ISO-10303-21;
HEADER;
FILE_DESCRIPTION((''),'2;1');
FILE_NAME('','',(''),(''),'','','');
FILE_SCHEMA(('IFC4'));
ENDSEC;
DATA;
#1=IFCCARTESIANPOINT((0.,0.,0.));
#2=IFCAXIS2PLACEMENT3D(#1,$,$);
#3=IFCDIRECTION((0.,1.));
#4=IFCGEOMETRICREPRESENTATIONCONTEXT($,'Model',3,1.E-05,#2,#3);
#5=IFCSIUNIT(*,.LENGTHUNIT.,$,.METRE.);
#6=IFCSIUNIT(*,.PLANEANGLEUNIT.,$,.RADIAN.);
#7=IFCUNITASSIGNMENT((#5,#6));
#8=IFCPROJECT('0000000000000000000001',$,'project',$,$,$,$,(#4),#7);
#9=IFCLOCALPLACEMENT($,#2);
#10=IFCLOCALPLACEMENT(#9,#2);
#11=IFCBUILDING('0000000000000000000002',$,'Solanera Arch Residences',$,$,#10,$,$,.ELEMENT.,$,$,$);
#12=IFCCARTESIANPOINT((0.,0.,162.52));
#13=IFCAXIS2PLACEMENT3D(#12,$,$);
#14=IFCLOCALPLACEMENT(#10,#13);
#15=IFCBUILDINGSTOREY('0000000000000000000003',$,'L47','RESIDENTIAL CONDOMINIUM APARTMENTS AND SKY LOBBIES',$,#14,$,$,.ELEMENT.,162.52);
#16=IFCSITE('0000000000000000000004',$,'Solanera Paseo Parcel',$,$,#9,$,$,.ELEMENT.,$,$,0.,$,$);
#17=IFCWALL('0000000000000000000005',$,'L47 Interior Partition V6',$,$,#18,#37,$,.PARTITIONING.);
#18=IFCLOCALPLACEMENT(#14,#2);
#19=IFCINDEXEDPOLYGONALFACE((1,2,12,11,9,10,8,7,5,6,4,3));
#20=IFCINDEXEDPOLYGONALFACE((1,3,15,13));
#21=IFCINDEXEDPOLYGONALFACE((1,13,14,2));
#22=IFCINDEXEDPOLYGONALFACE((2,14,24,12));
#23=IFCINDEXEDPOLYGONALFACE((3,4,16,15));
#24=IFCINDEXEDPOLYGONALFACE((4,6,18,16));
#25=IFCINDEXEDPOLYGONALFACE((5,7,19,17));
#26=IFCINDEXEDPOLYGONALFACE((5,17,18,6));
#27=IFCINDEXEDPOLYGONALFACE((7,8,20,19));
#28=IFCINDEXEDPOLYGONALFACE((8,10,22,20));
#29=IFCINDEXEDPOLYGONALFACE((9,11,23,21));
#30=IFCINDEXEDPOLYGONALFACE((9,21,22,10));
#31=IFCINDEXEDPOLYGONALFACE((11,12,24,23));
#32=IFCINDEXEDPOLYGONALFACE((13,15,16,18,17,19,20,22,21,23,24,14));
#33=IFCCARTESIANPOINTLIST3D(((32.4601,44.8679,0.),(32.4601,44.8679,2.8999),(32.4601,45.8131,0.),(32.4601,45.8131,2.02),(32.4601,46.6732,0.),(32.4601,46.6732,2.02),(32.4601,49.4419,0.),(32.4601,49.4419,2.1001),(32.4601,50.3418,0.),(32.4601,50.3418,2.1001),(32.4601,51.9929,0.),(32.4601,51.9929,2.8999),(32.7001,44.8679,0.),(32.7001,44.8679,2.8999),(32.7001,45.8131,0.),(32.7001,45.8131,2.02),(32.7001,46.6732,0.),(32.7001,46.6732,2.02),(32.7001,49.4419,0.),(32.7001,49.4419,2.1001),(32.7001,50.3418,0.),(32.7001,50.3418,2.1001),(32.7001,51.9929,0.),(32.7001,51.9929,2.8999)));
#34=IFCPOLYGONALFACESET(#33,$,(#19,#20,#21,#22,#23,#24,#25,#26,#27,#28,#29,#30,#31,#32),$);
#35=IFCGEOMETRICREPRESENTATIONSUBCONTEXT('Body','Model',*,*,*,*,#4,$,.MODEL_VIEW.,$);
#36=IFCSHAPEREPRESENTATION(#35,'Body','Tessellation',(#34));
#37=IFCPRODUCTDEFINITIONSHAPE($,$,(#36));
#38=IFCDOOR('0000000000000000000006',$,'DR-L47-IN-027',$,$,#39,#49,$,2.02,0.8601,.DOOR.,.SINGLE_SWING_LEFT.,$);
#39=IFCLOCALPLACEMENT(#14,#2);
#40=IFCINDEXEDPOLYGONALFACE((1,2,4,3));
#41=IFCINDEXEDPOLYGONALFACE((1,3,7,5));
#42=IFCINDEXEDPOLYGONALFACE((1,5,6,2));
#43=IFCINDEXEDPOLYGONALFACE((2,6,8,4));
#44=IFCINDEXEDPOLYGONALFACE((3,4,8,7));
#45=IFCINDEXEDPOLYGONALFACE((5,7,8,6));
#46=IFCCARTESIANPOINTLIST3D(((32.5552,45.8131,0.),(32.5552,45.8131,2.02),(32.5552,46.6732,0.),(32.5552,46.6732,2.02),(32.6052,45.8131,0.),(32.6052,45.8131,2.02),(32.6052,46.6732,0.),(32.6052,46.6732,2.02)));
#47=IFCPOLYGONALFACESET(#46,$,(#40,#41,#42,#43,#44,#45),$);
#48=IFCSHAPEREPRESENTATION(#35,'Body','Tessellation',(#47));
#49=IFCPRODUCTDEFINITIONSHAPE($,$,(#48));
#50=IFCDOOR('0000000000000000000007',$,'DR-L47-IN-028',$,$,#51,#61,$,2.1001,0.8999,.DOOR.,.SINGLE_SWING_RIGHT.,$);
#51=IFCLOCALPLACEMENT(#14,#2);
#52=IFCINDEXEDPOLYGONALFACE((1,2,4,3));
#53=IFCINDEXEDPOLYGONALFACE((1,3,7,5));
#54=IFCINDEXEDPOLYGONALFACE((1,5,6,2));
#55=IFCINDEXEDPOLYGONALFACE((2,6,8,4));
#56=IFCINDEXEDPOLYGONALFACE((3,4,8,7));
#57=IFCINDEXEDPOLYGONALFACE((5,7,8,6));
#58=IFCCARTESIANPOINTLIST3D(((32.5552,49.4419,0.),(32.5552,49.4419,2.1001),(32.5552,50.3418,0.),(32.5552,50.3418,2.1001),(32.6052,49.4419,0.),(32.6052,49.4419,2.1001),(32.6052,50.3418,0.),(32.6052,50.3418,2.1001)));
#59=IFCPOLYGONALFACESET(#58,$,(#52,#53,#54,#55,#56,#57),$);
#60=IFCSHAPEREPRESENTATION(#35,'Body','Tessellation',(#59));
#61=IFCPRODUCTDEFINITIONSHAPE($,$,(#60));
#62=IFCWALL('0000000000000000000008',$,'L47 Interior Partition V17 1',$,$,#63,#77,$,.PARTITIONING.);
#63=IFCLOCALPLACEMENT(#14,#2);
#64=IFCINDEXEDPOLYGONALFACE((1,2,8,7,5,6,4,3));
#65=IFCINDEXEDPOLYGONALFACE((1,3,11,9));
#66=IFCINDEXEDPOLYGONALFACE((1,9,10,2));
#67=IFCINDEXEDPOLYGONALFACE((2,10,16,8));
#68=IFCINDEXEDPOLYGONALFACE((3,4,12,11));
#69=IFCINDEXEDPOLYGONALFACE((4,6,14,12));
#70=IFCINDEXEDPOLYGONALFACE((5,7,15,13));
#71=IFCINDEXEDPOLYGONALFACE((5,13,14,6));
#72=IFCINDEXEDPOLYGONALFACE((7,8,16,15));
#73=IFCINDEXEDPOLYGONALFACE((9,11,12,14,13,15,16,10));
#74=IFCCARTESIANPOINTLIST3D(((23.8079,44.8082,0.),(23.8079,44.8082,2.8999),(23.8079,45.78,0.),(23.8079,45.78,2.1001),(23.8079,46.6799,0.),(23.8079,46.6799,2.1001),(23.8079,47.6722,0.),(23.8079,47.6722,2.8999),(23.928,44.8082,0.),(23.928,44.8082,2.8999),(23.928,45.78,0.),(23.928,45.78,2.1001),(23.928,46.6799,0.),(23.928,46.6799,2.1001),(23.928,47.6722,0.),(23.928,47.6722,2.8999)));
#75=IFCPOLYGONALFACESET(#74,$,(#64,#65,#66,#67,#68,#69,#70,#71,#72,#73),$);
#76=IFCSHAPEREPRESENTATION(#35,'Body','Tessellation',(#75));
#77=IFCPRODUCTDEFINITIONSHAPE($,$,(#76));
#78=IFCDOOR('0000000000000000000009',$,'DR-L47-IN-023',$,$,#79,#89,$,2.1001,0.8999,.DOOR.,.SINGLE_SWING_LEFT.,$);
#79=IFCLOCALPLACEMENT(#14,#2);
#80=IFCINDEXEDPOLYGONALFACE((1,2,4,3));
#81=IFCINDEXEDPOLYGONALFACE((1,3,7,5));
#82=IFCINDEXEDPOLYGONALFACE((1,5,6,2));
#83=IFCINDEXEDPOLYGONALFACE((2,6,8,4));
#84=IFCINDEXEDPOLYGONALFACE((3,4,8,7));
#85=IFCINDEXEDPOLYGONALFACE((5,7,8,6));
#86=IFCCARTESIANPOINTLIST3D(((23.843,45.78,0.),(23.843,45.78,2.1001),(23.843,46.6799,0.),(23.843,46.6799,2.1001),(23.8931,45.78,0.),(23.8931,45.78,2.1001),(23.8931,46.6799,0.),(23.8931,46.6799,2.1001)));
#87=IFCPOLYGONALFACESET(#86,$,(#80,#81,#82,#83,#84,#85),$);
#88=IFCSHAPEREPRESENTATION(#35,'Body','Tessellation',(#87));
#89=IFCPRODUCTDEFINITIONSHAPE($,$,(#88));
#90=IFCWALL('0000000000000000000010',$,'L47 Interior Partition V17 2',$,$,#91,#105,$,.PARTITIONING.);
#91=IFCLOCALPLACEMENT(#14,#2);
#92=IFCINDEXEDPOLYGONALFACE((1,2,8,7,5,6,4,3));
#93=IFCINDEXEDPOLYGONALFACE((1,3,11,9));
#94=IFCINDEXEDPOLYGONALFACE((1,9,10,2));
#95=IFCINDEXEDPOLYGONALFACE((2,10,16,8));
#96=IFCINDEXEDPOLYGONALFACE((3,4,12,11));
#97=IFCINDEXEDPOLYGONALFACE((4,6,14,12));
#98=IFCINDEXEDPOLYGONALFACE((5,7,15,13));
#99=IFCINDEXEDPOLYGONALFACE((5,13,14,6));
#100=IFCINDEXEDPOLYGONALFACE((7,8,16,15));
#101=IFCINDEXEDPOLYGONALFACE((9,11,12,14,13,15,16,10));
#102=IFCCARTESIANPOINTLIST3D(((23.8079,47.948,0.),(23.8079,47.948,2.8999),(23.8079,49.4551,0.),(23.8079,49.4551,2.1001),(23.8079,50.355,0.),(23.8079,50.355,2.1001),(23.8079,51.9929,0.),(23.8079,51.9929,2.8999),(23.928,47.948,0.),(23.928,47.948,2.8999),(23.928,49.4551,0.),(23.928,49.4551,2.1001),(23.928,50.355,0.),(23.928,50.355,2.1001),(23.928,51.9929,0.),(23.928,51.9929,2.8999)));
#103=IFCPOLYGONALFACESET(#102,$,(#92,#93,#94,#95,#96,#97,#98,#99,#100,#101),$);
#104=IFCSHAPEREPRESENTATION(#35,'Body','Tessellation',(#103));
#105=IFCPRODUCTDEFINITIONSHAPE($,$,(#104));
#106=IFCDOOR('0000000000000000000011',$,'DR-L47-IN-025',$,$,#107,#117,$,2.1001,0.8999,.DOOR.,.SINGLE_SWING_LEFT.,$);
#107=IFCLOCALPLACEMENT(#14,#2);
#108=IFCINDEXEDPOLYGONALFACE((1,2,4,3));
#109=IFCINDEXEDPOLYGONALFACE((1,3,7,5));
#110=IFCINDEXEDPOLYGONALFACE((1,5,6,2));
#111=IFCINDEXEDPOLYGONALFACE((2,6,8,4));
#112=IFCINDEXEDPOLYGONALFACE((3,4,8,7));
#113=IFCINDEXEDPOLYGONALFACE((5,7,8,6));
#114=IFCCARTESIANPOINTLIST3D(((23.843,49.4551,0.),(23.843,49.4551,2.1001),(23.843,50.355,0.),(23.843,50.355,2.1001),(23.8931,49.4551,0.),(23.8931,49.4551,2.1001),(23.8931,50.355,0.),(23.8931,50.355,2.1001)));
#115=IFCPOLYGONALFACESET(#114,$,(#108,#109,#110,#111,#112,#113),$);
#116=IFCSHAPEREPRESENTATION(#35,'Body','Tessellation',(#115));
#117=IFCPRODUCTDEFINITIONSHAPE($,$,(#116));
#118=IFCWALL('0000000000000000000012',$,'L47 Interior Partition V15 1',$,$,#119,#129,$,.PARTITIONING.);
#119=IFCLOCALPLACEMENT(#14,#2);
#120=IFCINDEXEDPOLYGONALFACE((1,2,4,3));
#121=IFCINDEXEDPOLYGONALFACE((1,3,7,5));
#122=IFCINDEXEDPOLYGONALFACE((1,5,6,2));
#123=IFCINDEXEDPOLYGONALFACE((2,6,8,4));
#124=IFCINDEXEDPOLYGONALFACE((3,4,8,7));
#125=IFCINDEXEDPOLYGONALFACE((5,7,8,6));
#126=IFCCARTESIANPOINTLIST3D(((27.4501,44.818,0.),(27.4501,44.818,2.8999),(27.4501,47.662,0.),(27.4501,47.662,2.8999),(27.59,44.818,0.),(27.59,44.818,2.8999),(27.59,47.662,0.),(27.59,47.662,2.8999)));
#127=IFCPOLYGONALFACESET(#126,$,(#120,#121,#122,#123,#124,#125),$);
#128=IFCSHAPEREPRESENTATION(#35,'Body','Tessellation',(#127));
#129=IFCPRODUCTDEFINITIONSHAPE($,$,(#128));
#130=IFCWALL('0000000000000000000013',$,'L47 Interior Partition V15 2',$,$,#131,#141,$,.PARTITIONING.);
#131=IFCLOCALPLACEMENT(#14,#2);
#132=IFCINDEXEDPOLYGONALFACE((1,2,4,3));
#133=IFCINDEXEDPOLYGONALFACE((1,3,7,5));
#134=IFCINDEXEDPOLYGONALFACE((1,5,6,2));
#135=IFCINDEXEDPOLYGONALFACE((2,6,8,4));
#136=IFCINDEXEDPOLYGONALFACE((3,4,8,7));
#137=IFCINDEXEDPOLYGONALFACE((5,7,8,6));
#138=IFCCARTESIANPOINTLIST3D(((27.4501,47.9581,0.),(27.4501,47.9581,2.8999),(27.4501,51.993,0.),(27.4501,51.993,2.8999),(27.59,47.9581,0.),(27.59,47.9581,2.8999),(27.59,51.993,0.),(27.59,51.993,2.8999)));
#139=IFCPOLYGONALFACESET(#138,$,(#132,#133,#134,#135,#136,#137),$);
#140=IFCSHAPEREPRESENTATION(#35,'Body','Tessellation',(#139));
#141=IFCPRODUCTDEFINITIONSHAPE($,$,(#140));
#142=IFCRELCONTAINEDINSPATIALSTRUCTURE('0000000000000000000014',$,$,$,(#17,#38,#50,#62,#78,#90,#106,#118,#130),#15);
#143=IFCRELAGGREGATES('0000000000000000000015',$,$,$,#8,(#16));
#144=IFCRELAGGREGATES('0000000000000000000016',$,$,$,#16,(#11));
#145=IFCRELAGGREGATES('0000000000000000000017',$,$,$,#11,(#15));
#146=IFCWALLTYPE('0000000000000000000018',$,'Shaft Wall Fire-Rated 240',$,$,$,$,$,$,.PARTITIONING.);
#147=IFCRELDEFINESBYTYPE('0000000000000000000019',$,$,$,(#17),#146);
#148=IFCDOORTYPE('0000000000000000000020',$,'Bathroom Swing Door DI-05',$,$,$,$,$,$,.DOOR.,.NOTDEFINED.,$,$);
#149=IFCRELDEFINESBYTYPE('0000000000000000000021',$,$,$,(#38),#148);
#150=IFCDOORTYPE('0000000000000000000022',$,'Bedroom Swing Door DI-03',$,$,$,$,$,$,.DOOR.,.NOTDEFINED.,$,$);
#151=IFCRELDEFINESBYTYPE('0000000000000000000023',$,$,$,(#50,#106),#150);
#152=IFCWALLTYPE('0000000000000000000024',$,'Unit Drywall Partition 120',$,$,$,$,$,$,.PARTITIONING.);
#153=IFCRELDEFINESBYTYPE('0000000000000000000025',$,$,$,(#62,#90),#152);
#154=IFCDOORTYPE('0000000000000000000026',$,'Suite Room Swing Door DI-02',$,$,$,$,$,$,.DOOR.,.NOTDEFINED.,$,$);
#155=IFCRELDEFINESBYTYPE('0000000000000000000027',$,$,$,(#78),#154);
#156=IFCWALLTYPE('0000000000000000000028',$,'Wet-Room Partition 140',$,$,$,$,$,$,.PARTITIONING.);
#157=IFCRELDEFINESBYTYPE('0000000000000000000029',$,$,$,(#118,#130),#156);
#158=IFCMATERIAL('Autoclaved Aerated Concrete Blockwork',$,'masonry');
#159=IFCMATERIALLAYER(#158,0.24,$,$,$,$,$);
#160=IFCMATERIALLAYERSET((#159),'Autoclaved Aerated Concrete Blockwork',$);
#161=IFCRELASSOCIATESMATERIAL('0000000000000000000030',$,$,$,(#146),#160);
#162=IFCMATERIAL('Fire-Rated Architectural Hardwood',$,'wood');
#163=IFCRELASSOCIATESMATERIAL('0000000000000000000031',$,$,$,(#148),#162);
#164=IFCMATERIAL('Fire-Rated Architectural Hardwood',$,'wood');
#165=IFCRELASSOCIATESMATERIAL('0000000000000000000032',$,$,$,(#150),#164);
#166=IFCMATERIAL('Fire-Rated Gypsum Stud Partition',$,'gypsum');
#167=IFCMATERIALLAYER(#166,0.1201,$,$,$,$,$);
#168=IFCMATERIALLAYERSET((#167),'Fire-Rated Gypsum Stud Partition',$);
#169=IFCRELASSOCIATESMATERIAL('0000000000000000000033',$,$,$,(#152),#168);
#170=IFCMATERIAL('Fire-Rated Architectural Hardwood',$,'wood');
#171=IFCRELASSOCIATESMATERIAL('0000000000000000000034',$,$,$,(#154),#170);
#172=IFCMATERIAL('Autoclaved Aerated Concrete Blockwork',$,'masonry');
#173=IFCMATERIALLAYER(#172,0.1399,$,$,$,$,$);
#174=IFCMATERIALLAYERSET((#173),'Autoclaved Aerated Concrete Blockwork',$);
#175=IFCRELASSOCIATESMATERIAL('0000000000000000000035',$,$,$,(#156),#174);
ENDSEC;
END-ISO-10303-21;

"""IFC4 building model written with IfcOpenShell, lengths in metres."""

from ifc_helpers import new_model, si_unit, direction, frame, frame_2d, origin, place, context, subcontext, project, spatial, rectangle, extrude, material, layer, layer_set, type_object, element, fill, save


model = new_model("IFC4")

# Units and contexts
model_context = context("Model", 3, precision=1e-05, world=origin(), true_north=direction((0.0, 1.0)))
body_context = subcontext(model_context, "Body", "Model", "MODEL_VIEW")
ifc_project = project(units=[si_unit("LENGTHUNIT", "METRE"), si_unit("PLANEANGLEUNIT", "RADIAN")], contexts=[model_context])

# Site, building, storey
site_placement = place(None, origin())
site = spatial("IfcSite", under=ifc_project, at=site_placement, Name="Solanera Paseo Parcel", CompositionType="ELEMENT", RefElevation=0.0)
building_placement = place(site_placement, origin())
building = spatial("IfcBuilding", under=site, at=building_placement, Name="Solanera Arch Residences", CompositionType="ELEMENT")
storey_placement = place(building_placement, frame((0.0, 0.0, 162.52)))
storey = spatial("IfcBuildingStorey", under=building, at=storey_placement, Name="L47", Description="RESIDENTIAL CONDOMINIUM APARTMENTS AND SKY LOBBIES", CompositionType="ELEMENT", Elevation=162.52)

# Wall, openings, doors
ifc_material_1 = material(Name="Autoclaved Aerated Concrete Blockwork", Category="masonry")
ifc_layer_1 = layer(ifc_material_1, 0.24)
ifc_layer_set_1 = layer_set([ifc_layer_1], Name="Autoclaved Aerated Concrete Blockwork")
wall_type_1 = type_object("IfcWallType", Name="Shaft Wall Fire-Rated 240", PredefinedType="PARTITIONING", material=ifc_layer_set_1)
wall_1_placement = place(storey_placement, frame((32.5801, 44.8679, 0.0), z_axis=(0.0, 0.0, 1.0), x_axis=(0.0, 1.0, 0.0)))
wall_1 = element("IfcWall", 1, at=wall_1_placement, inside=storey, type_object=wall_type_1, Name="L47 Interior Partition V6", PredefinedType="PARTITIONING", context=body_context, shape_type="SweptSolid", body=[
    extrude(rectangle(XDim=7.125, YDim=0.24, at=frame_2d((3.5625, 0.0))), origin(), (0.0, 0.0, 1.0), 2.8999),
])
opening_1_placement = place(wall_1_placement, frame((0.9451, 0.0, 0.0)))
opening_1 = element("IfcOpeningElement", 2, at=opening_1_placement, cuts=wall_1, PredefinedType="OPENING", context=body_context, shape_type="SweptSolid", body=[
    extrude(rectangle(XDim=0.8601, YDim=2.02, at=frame_2d((0.4302, 1.01))), frame((0.0, 0.1299, 0.0), z_axis=(0.0, -1.0, 0.0), x_axis=(1.0, 0.0, 0.0)), (0.0, 0.0, 1.0), 0.26),
])
opening_2_placement = place(wall_1_placement, frame((4.574, 0.0, 0.0)))
opening_2 = element("IfcOpeningElement", 3, at=opening_2_placement, cuts=wall_1, PredefinedType="OPENING", context=body_context, shape_type="SweptSolid", body=[
    extrude(rectangle(XDim=0.8999, YDim=2.1001, at=frame_2d((0.45, 1.05))), frame((0.0, 0.1299, 0.0), z_axis=(0.0, -1.0, 0.0), x_axis=(1.0, 0.0, 0.0)), (0.0, 0.0, 1.0), 0.26),
])
ifc_material_2 = material(Name="Fire-Rated Architectural Hardwood", Category="wood")
door_type_1 = type_object("IfcDoorType", Name="Bathroom Swing Door DI-05", OperationType="NOTDEFINED", PredefinedType="DOOR", material=ifc_material_2)
door_1_placement = place(opening_1_placement, origin())
door_1 = element("IfcDoor", 4, at=door_1_placement, inside=storey, type_object=door_type_1, Name="DR-L47-IN-027", OperationType="SINGLE_SWING_LEFT", OverallHeight=2.02, OverallWidth=0.8601, PredefinedType="DOOR", context=body_context, shape_type="SweptSolid", body=[
    extrude(rectangle(XDim=0.8601, YDim=2.02, at=frame_2d((0.4302, 1.01))), frame((0.0, 0.0249, 0.0), z_axis=(0.0, -1.0, 0.0), x_axis=(1.0, 0.0, 0.0)), (0.0, 0.0, 1.0), 0.05),
])
fill(opening_1, door_1)
ifc_material_3 = material(Name="Fire-Rated Architectural Hardwood", Category="wood")
door_type_2 = type_object("IfcDoorType", Name="Bedroom Swing Door DI-03", OperationType="NOTDEFINED", PredefinedType="DOOR", material=ifc_material_3)
door_2_placement = place(opening_2_placement, origin())
door_2 = element("IfcDoor", 5, at=door_2_placement, inside=storey, type_object=door_type_2, Name="DR-L47-IN-028", OperationType="SINGLE_SWING_RIGHT", OverallHeight=2.1001, OverallWidth=0.8999, PredefinedType="DOOR", context=body_context, shape_type="SweptSolid", body=[
    extrude(rectangle(XDim=0.8999, YDim=2.1001, at=frame_2d((0.45, 1.05))), frame((0.0, 0.0249, 0.0), z_axis=(0.0, -1.0, 0.0), x_axis=(1.0, 0.0, 0.0)), (0.0, 0.0, 1.0), 0.05),
])
fill(opening_2, door_2)

# Walls, openings, doors
ifc_material_4 = material(Name="Fire-Rated Gypsum Stud Partition", Category="gypsum")
ifc_layer_2 = layer(ifc_material_4, 0.1201)
ifc_layer_set_2 = layer_set([ifc_layer_2], Name="Fire-Rated Gypsum Stud Partition")
wall_type_2 = type_object("IfcWallType", Name="Unit Drywall Partition 120", PredefinedType="PARTITIONING", material=ifc_layer_set_2)
wall_2_placement = place(storey_placement, frame((23.8679, 44.8081, 0.0), z_axis=(0.0, 0.0, 1.0), x_axis=(0.0, 1.0, 0.0)))
wall_2 = element("IfcWall", 6, at=wall_2_placement, inside=storey, type_object=wall_type_2, Name="L47 Interior Partition V17 1", PredefinedType="PARTITIONING", context=body_context, shape_type="SweptSolid", body=[
    extrude(rectangle(XDim=2.864, YDim=0.1201, at=frame_2d((1.4321, 0.0))), origin(), (0.0, 0.0, 1.0), 2.8999),
])
opening_3_placement = place(wall_2_placement, frame((0.9719, 0.0, 0.0)))
opening_3 = element("IfcOpeningElement", 7, at=opening_3_placement, cuts=wall_2, PredefinedType="OPENING", context=body_context, shape_type="SweptSolid", body=[
    extrude(rectangle(XDim=0.8999, YDim=2.1001, at=frame_2d((0.45, 1.05))), frame((0.0, 0.0701, 0.0), z_axis=(0.0, -1.0, 0.0), x_axis=(1.0, 0.0, 0.0)), (0.0, 0.0, 1.0), 0.1401),
])
ifc_material_5 = material(Name="Fire-Rated Architectural Hardwood", Category="wood")
door_type_3 = type_object("IfcDoorType", Name="Suite Room Swing Door DI-02", OperationType="NOTDEFINED", PredefinedType="DOOR", material=ifc_material_5)
door_3_placement = place(opening_3_placement, origin())
door_3 = element("IfcDoor", 8, at=door_3_placement, inside=storey, type_object=door_type_3, Name="DR-L47-IN-023", OperationType="SINGLE_SWING_LEFT", OverallHeight=2.1001, OverallWidth=0.8999, PredefinedType="DOOR", context=body_context, shape_type="SweptSolid", body=[
    extrude(rectangle(XDim=0.8999, YDim=2.1001, at=frame_2d((0.45, 1.05))), frame((0.0, 0.0249, 0.0), z_axis=(0.0, -1.0, 0.0), x_axis=(1.0, 0.0, 0.0)), (0.0, 0.0, 1.0), 0.05),
])
fill(opening_3, door_3)
wall_3_placement = place(storey_placement, frame((23.8679, 47.948, 0.0), z_axis=(0.0, 0.0, 1.0), x_axis=(0.0, 1.0, 0.0)))
wall_3 = element("IfcWall", 9, at=wall_3_placement, inside=storey, type_object=wall_type_2, Name="L47 Interior Partition V17 2", PredefinedType="PARTITIONING", context=body_context, shape_type="SweptSolid", body=[
    extrude(rectangle(XDim=4.0449, YDim=0.1201, at=frame_2d((2.0225, 0.0))), origin(), (0.0, 0.0, 1.0), 2.8999),
])
opening_4_placement = place(wall_3_placement, frame((1.5071, 0.0, 0.0)))
opening_4 = element("IfcOpeningElement", 10, at=opening_4_placement, cuts=wall_3, PredefinedType="OPENING", context=body_context, shape_type="SweptSolid", body=[
    extrude(rectangle(XDim=0.8999, YDim=2.1001, at=frame_2d((0.45, 1.05))), frame((0.0, 0.0701, 0.0), z_axis=(0.0, -1.0, 0.0), x_axis=(1.0, 0.0, 0.0)), (0.0, 0.0, 1.0), 0.1401),
])
door_4_placement = place(opening_4_placement, origin())
door_4 = element("IfcDoor", 11, at=door_4_placement, inside=storey, type_object=door_type_2, Name="DR-L47-IN-025", OperationType="SINGLE_SWING_LEFT", OverallHeight=2.1001, OverallWidth=0.8999, PredefinedType="DOOR", context=body_context, shape_type="SweptSolid", body=[
    extrude(rectangle(XDim=0.8999, YDim=2.1001, at=frame_2d((0.45, 1.05))), frame((0.0, 0.0249, 0.0), z_axis=(0.0, -1.0, 0.0), x_axis=(1.0, 0.0, 0.0)), (0.0, 0.0, 1.0), 0.05),
])
fill(opening_4, door_4)

# Walls
ifc_material_6 = material(Name="Autoclaved Aerated Concrete Blockwork", Category="masonry")
ifc_layer_3 = layer(ifc_material_6, 0.1399)
ifc_layer_set_3 = layer_set([ifc_layer_3], Name="Autoclaved Aerated Concrete Blockwork")
wall_type_3 = type_object("IfcWallType", Name="Wet-Room Partition 140", PredefinedType="PARTITIONING", material=ifc_layer_set_3)
wall_4_placement = place(storey_placement, frame((27.52, 44.8181, 0.0), z_axis=(0.0, 0.0, 1.0), x_axis=(0.0, 1.0, 0.0)))
element("IfcWall", 12, at=wall_4_placement, inside=storey, type_object=wall_type_3, Name="L47 Interior Partition V15 1", PredefinedType="PARTITIONING", context=body_context, shape_type="SweptSolid", body=[
    extrude(rectangle(XDim=2.844, YDim=0.1399, at=frame_2d((1.4219, 0.0))), origin(), (0.0, 0.0, 1.0), 2.8999),
])
wall_5_placement = place(storey_placement, frame((27.52, 47.958, 0.0), z_axis=(0.0, 0.0, 1.0), x_axis=(0.0, 1.0, 0.0)))
element("IfcWall", 13, at=wall_5_placement, inside=storey, type_object=wall_type_3, Name="L47 Interior Partition V15 2", PredefinedType="PARTITIONING", context=body_context, shape_type="SweptSolid", body=[
    extrude(rectangle(XDim=4.0349, YDim=0.1399, at=frame_2d((2.0176, 0.0))), origin(), (0.0, 0.0, 1.0), 2.8999),
])

save(model, "model.ifc")
